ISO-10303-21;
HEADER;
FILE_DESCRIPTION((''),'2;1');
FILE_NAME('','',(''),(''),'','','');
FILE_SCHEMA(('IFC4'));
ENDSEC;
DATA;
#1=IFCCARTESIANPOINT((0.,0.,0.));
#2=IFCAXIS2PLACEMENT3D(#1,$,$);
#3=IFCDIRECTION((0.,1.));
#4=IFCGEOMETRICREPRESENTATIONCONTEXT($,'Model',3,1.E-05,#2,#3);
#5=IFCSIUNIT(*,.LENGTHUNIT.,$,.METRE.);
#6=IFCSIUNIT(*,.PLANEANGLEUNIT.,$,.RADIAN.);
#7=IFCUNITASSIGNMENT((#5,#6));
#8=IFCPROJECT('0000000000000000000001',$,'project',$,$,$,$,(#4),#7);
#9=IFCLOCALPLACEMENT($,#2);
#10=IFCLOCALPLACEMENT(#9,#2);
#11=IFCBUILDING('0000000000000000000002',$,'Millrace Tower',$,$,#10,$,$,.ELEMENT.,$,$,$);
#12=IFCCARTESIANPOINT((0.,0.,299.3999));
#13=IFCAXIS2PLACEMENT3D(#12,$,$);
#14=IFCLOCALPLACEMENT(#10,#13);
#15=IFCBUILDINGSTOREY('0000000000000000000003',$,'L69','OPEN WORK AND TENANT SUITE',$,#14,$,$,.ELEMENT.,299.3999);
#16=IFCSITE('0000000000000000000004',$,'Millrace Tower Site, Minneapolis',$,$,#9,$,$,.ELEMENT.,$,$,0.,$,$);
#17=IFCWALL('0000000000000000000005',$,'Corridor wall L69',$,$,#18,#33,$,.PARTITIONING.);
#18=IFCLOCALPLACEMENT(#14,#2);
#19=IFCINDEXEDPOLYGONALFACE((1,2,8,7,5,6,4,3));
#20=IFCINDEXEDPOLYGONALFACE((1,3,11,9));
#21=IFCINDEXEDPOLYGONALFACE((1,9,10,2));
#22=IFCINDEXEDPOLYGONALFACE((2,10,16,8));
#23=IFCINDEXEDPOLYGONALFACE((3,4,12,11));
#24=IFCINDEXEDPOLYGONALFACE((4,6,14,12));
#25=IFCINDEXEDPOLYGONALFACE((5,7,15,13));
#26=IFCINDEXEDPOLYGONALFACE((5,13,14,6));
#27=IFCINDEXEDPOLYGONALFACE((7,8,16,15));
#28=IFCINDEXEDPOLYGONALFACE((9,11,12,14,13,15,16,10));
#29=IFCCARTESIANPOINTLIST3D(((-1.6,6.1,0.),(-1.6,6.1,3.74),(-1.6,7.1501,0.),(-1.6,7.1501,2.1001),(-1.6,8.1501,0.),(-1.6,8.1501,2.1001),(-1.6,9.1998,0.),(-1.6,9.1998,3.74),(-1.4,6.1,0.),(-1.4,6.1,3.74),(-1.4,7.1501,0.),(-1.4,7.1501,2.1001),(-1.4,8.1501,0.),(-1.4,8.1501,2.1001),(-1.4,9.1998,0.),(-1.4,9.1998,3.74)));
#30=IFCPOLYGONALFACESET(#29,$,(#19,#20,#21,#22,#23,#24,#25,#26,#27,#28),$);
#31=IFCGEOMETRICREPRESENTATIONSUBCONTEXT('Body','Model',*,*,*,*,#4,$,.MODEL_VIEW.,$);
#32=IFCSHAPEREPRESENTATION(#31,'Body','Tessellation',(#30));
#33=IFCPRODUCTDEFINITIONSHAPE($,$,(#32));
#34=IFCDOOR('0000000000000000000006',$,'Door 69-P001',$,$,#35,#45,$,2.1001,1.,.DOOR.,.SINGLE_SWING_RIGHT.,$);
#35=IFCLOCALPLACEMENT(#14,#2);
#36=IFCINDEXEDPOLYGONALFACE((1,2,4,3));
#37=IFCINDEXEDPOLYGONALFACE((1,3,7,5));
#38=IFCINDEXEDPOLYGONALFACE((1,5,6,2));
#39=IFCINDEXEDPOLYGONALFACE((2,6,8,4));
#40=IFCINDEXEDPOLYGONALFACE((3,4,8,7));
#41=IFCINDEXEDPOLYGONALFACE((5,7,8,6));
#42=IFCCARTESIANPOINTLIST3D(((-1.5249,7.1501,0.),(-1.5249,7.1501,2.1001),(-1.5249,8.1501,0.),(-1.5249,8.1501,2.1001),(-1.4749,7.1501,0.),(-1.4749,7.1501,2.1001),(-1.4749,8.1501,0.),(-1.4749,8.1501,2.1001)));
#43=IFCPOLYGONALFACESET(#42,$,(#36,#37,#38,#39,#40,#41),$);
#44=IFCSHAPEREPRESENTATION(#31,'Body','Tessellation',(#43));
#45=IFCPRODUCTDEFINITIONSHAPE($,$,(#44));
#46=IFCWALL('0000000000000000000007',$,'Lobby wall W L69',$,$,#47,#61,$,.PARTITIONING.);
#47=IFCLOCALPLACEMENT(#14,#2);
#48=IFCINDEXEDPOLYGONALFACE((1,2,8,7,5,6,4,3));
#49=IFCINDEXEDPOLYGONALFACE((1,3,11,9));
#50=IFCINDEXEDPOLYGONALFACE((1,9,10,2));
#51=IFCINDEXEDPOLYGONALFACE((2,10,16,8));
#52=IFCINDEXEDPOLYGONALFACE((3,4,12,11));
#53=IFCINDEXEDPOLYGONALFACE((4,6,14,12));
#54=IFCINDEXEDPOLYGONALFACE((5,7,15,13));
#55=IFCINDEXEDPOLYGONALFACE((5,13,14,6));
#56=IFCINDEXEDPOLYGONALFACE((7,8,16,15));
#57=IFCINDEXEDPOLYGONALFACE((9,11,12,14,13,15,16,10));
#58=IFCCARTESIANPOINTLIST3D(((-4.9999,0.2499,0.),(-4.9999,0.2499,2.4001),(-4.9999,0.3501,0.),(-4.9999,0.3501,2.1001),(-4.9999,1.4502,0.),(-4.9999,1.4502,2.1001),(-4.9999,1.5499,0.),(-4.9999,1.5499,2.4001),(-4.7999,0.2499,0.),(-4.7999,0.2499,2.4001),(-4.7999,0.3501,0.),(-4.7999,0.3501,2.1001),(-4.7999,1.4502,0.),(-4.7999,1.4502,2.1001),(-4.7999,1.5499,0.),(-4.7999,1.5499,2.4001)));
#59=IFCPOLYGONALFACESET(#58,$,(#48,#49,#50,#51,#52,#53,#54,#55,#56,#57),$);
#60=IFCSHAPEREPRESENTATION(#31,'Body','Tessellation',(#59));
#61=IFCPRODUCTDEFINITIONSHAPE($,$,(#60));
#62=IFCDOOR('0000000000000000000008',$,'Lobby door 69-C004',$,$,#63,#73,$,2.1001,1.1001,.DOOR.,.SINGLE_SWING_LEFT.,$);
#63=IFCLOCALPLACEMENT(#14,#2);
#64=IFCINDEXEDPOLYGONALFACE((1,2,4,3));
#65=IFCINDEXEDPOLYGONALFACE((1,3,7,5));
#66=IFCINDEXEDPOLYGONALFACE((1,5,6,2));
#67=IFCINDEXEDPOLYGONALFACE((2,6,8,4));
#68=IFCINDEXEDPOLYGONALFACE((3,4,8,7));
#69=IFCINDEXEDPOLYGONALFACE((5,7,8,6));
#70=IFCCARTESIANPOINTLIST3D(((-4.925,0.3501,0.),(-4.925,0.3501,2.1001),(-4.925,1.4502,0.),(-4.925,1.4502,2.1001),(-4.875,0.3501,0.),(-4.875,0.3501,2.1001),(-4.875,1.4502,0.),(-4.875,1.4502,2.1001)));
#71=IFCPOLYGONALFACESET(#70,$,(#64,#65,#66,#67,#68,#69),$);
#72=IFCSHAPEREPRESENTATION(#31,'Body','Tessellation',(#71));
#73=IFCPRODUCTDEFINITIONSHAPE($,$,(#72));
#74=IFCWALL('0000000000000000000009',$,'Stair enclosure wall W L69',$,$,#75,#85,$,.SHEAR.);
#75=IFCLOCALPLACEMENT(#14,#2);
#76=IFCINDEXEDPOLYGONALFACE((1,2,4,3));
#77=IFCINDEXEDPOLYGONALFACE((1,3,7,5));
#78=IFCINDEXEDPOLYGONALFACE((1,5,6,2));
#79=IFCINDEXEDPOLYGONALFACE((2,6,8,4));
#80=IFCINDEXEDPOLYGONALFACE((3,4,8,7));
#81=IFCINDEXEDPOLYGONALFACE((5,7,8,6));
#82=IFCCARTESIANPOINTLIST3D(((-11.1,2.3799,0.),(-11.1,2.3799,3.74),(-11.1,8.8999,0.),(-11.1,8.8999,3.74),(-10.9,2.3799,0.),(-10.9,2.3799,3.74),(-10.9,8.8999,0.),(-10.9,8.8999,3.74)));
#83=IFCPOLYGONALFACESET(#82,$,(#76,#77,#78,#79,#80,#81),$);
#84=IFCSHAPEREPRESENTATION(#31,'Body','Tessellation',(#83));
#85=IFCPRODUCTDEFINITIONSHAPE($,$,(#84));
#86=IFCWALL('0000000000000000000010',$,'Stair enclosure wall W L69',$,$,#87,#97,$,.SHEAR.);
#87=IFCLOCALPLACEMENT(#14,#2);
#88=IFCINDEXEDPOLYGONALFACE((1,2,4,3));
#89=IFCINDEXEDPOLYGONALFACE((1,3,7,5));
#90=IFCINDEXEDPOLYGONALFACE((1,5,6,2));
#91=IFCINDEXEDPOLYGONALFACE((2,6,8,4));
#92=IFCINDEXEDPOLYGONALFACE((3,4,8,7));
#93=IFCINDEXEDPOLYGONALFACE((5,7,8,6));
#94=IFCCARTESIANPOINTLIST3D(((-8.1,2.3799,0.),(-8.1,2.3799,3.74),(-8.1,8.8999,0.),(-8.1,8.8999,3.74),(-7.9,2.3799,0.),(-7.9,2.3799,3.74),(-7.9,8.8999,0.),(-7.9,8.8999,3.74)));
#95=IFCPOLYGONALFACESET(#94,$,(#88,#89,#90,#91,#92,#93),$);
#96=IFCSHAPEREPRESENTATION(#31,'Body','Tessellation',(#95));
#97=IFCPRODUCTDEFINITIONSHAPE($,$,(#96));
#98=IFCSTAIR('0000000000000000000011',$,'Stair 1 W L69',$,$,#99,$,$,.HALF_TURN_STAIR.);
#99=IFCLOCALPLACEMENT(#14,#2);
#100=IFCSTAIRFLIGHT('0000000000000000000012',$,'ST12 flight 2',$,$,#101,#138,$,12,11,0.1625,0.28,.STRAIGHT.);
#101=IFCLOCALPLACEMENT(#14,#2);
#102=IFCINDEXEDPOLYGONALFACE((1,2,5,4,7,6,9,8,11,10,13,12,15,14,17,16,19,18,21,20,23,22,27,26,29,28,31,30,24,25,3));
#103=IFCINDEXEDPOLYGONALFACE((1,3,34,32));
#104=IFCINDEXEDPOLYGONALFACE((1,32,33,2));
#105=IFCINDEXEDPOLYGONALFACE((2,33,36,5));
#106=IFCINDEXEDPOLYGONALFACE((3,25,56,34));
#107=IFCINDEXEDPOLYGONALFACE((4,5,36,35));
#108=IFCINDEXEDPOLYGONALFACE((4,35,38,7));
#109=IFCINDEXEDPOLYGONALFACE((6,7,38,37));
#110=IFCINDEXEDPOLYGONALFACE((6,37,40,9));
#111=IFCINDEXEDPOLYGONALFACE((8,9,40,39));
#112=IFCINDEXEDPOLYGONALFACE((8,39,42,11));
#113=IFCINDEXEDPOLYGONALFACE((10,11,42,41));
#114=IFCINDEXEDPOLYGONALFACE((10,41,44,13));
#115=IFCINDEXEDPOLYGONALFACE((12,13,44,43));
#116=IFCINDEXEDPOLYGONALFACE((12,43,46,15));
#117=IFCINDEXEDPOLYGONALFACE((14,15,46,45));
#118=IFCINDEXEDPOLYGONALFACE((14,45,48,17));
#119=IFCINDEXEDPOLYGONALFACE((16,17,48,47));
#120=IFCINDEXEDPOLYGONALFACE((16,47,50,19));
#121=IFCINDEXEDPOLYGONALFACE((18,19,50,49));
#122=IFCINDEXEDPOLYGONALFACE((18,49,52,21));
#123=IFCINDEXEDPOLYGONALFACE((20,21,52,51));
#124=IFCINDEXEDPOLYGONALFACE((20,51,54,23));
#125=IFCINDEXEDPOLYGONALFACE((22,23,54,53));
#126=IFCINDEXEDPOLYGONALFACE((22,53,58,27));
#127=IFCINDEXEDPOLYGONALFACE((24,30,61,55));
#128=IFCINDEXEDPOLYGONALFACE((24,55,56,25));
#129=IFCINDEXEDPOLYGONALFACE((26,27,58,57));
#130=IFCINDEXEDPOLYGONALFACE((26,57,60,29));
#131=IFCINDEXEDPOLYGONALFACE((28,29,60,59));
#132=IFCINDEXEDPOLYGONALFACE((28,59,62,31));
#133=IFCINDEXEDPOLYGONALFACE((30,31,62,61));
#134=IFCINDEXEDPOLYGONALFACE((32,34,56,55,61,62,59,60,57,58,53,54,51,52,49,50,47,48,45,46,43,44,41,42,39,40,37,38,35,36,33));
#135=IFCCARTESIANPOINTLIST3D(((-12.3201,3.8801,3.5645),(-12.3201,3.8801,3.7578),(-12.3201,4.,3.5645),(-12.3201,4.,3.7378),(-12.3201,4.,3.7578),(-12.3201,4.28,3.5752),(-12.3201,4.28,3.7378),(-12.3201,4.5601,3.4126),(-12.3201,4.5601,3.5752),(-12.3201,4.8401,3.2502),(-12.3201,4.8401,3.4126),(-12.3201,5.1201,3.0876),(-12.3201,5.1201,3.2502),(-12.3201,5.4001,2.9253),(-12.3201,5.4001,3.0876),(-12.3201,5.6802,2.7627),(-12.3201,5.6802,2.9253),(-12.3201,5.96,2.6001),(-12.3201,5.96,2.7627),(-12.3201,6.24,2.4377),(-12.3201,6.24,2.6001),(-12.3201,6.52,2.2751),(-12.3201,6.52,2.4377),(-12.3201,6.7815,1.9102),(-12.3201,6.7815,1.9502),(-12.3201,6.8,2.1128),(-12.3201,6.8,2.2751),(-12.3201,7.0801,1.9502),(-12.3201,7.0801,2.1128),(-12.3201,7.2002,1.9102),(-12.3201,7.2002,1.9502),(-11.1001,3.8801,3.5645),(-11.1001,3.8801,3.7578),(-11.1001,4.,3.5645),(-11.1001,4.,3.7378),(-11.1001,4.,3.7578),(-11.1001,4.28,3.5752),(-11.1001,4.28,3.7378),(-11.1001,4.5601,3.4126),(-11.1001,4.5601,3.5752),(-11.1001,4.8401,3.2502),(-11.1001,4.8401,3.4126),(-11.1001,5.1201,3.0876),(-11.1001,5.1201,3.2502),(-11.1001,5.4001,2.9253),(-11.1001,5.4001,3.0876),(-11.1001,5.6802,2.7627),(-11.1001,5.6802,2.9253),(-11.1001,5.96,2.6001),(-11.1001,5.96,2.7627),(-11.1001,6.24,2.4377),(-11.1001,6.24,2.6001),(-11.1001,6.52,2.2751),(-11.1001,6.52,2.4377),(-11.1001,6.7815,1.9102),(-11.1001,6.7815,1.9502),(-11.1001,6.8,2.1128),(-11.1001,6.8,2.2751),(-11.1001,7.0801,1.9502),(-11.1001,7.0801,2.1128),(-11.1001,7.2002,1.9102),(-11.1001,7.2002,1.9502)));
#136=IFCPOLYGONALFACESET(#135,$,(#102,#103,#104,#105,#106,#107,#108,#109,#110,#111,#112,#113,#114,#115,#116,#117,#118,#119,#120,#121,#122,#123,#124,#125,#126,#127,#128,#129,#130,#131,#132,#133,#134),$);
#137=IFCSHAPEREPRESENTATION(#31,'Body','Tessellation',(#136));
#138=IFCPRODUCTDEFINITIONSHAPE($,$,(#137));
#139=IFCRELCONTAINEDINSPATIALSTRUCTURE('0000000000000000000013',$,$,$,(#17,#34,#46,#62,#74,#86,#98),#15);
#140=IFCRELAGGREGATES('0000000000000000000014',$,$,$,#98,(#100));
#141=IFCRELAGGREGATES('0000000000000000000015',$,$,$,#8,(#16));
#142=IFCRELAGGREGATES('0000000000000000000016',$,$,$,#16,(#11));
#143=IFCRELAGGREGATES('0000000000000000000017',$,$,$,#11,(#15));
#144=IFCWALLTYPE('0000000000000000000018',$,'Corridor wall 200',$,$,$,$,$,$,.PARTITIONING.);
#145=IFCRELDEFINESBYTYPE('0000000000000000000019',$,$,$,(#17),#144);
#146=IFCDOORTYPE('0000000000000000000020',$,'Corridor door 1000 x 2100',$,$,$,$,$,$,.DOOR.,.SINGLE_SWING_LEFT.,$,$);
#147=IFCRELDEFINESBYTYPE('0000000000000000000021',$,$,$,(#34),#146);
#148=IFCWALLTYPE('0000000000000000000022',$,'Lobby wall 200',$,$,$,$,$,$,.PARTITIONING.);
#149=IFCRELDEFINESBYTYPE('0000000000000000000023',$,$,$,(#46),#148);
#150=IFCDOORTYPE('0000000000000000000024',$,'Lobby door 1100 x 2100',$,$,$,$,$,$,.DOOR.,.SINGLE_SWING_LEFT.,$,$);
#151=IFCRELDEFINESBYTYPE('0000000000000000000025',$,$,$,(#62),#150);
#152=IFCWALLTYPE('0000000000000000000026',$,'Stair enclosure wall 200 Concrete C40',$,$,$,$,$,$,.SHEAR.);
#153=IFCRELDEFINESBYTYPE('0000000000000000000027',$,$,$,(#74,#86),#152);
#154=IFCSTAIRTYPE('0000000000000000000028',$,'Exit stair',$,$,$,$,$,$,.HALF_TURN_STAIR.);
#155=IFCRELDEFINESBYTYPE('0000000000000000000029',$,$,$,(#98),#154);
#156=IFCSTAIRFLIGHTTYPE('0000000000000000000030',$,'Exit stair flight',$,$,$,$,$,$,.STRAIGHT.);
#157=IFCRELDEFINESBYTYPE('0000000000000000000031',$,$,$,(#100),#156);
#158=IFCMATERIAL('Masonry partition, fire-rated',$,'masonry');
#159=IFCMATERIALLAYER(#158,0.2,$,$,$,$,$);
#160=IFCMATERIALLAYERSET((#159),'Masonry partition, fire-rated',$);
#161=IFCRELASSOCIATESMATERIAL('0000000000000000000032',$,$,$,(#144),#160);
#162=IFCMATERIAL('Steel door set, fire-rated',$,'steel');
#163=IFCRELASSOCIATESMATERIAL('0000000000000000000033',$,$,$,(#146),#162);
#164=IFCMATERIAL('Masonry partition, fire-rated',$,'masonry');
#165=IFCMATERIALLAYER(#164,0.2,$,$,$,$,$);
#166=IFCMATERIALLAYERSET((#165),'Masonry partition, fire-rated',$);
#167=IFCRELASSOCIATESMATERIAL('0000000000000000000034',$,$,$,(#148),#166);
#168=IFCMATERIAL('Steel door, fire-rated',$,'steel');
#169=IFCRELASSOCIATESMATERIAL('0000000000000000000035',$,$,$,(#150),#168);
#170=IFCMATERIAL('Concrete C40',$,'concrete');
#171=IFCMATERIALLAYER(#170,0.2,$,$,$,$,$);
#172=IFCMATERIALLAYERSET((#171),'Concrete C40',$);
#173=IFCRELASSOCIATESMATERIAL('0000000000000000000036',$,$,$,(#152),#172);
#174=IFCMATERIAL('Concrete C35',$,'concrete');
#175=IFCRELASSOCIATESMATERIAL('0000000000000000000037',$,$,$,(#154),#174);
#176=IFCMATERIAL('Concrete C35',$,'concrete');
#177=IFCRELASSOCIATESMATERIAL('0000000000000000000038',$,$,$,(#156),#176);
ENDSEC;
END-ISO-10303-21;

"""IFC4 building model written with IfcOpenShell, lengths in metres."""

from ifc_helpers import new_model, si_unit, direction, frame, frame_2d, origin, place, context, subcontext, project, spatial, polyline, rectangle, outline, extrude, material, layer, layer_set, type_object, element, fill, aggregate, save


model = new_model("IFC4")

# Units and contexts
model_context = context("Model", 3, precision=1e-05, world=origin(), true_north=direction((0.0, 1.0)))
body_context = subcontext(model_context, "Body", "Model", "MODEL_VIEW")
ifc_project = project(units=[si_unit("LENGTHUNIT", "METRE"), si_unit("PLANEANGLEUNIT", "RADIAN")], contexts=[model_context])

# Site, building, storey
site_placement = place(None, origin())
site = spatial("IfcSite", under=ifc_project, at=site_placement, Name="Millrace Tower Site, Minneapolis", CompositionType="ELEMENT", RefElevation=0.0)
building_placement = place(site_placement, origin())
building = spatial("IfcBuilding", under=site, at=building_placement, Name="Millrace Tower", CompositionType="ELEMENT")
storey_placement = place(building_placement, frame((0.0, 0.0, 299.3999)))
storey = spatial("IfcBuildingStorey", under=building, at=storey_placement, Name="L69", Description="OPEN WORK AND TENANT SUITE", CompositionType="ELEMENT", Elevation=299.3999)

# Shared definitions
placement_1 = place(storey_placement, origin())

# Shared definitions
ifc_material_1 = material(Name="Masonry partition, fire-rated", Category="masonry")
ifc_layer_1 = layer(ifc_material_1, 0.2)
ifc_layer_set_1 = layer_set([ifc_layer_1], Name="Masonry partition, fire-rated")
wall_type_1 = type_object("IfcWallType", Name="Corridor wall 200", PredefinedType="PARTITIONING", material=ifc_layer_set_1)

# Walls, openings, doors
wall_1_placement = place(storey_placement, frame((-1.5, 6.1001, 0.0), z_axis=(0.0, 0.0, 1.0), x_axis=(0.0, 1.0, 0.0)))
wall_1 = element("IfcWall", 1, at=wall_1_placement, inside=storey, type_object=wall_type_1, Name="Corridor wall L69", PredefinedType="PARTITIONING", context=body_context, shape_type="SweptSolid", body=[
    extrude(rectangle(XDim=3.0999, YDim=0.2, at=frame_2d((1.5498, 0.0))), origin(), (0.0, 0.0, 1.0), 3.74),
])
opening_1_placement = place(wall_1_placement, frame((1.05, 0.0, 0.0)))
opening_1 = element("IfcOpeningElement", 2, at=opening_1_placement, cuts=wall_1, PredefinedType="OPENING", context=body_context, shape_type="SweptSolid", body=[
    extrude(rectangle(XDim=1.0, YDim=2.1001, at=frame_2d((0.5, 1.05))), frame((0.0, 0.1099, 0.0), z_axis=(0.0, -1.0, 0.0), x_axis=(1.0, 0.0, 0.0)), (0.0, 0.0, 1.0), 0.22),
])
ifc_material_2 = material(Name="Steel door set, fire-rated", Category="steel")
door_type_1 = type_object("IfcDoorType", Name="Corridor door 1000 x 2100", OperationType="SINGLE_SWING_LEFT", PredefinedType="DOOR", material=ifc_material_2)
door_1_placement = place(opening_1_placement, origin())
door_1 = element("IfcDoor", 3, at=door_1_placement, inside=storey, type_object=door_type_1, Name="Door 69-P001", OperationType="SINGLE_SWING_RIGHT", OverallHeight=2.1001, OverallWidth=1.0, PredefinedType="DOOR", context=body_context, shape_type="SweptSolid", body=[
    extrude(rectangle(XDim=1.0, YDim=2.1001, at=frame_2d((0.5, 1.05))), frame((0.0, 0.0249, 0.0), z_axis=(0.0, -1.0, 0.0), x_axis=(1.0, 0.0, 0.0)), (0.0, 0.0, 1.0), 0.05),
])
fill(opening_1, door_1)
ifc_material_3 = material(Name="Masonry partition, fire-rated", Category="masonry")
ifc_layer_2 = layer(ifc_material_3, 0.2)
ifc_layer_set_2 = layer_set([ifc_layer_2], Name="Masonry partition, fire-rated")
wall_type_2 = type_object("IfcWallType", Name="Lobby wall 200", PredefinedType="PARTITIONING", material=ifc_layer_set_2)
wall_2_placement = place(storey_placement, frame((-4.8999, 0.25, 0.0), z_axis=(0.0, 0.0, 1.0), x_axis=(0.0, 1.0, 0.0)))
wall_2 = element("IfcWall", 4, at=wall_2_placement, inside=storey, type_object=wall_type_2, Name="Lobby wall W L69", PredefinedType="PARTITIONING", context=body_context, shape_type="SweptSolid", body=[
    extrude(rectangle(XDim=1.3, YDim=0.2, at=frame_2d((0.6499, 0.0))), origin(), (0.0, 0.0, 1.0), 2.4001),
])
opening_2_placement = place(wall_2_placement, frame((0.1001, 0.0, 0.0)))
opening_2 = element("IfcOpeningElement", 5, at=opening_2_placement, cuts=wall_2, PredefinedType="OPENING", context=body_context, shape_type="SweptSolid", body=[
    extrude(rectangle(XDim=1.1001, YDim=2.1001, at=frame_2d((0.55, 1.05))), frame((0.0, 0.1099, 0.0), z_axis=(0.0, -1.0, 0.0), x_axis=(1.0, 0.0, 0.0)), (0.0, 0.0, 1.0), 0.22),
])
ifc_material_4 = material(Name="Steel door, fire-rated", Category="steel")
door_type_2 = type_object("IfcDoorType", Name="Lobby door 1100 x 2100", OperationType="SINGLE_SWING_LEFT", PredefinedType="DOOR", material=ifc_material_4)
door_2_placement = place(opening_2_placement, frame((1.1001, 0.0, 0.0), z_axis=(0.0, 0.0, 1.0), x_axis=(-1.0, 0.0, 0.0)))
door_2 = element("IfcDoor", 6, at=door_2_placement, inside=storey, type_object=door_type_2, Name="Lobby door 69-C004", OperationType="SINGLE_SWING_LEFT", OverallHeight=2.1001, OverallWidth=1.1001, PredefinedType="DOOR", context=body_context, shape_type="SweptSolid", body=[
    extrude(rectangle(XDim=1.1001, YDim=2.1001, at=frame_2d((0.55, 1.05))), frame((0.0, 0.0249, 0.0), z_axis=(0.0, -1.0, 0.0), x_axis=(1.0, 0.0, 0.0)), (0.0, 0.0, 1.0), 0.05),
])
fill(opening_2, door_2)

# Walls
ifc_material_5 = material(Name="Concrete C40", Category="concrete")
ifc_layer_3 = layer(ifc_material_5, 0.2)
ifc_layer_set_3 = layer_set([ifc_layer_3], Name="Concrete C40")
wall_type_3 = type_object("IfcWallType", Name="Stair enclosure wall 200 Concrete C40", PredefinedType="SHEAR", material=ifc_layer_set_3)
for number, where, z_axis, x_axis, name in (
    (7, (-11.0, 2.3799, 0.0), (0.0, 0.0, 1.0), (0.0, 1.0, 0.0), "Stair enclosure wall W L69"),
    (8, (-8.0, 2.3799, 0.0), (0.0, 0.0, 1.0), (0.0, 1.0, 0.0), "Stair enclosure wall W L69"),
):
    element("IfcWall", number, at=place(storey_placement, frame(where, z_axis=z_axis, x_axis=x_axis)), inside=storey, type_object=wall_type_3, Name=name, PredefinedType="SHEAR", context=body_context, shape_type="SweptSolid", body=[
        extrude(rectangle(XDim=6.52, YDim=0.2, at=frame_2d((3.26, 0.0))), origin(), (0.0, 0.0, 1.0), 3.74),
    ])

# Stair, stair flight
ifc_material_6 = material(Name="Concrete C35", Category="concrete")
stair_type = type_object("IfcStairType", Name="Exit stair", PredefinedType="HALF_TURN_STAIR", material=ifc_material_6)
stair_1 = element("IfcStair", 9, at=placement_1, inside=storey, type_object=stair_type, Name="Stair 1 W L69", PredefinedType="HALF_TURN_STAIR")
ifc_material_7 = material(Name="Concrete C35", Category="concrete")
stair_flight_type = type_object("IfcStairFlightType", Name="Exit stair flight", PredefinedType="STRAIGHT", material=ifc_material_7)
stair_flight_1_placement = place(storey_placement, frame((-11.71, 7.0801, 1.9502), z_axis=(0.0, 0.0, 1.0), x_axis=(0.0, -1.0, 0.0)))
stair_flight_1 = element("IfcStairFlight", 10, at=stair_flight_1_placement, type_object=stair_flight_type, Name="ST12 flight 2", NumberOfRisers=12, NumberOfTreads=11, PredefinedType="STRAIGHT", RiserHeight=0.1625, TreadLength=0.28, context=body_context, shape_type="SweptSolid", body=[
    extrude(outline(polyline([(-0.1201, -0.04), (-0.1201, 0.0), (0.0, 0.0), (0.0, 0.1626), (0.28, 0.1626), (0.28, 0.325), (0.5601, 0.325), (0.5601, 0.4875), (0.8401, 0.4875), (0.8401, 0.6499), (1.1201, 0.6499), (1.1201, 0.8125), (1.3999, 0.8125), (1.3999, 0.9751), (1.6799, 0.9751), (1.6799, 1.1375), (1.96, 1.1375), (1.96, 1.3), (2.24, 1.3), (2.24, 1.4624), (2.52, 1.4624), (2.52, 1.625), (2.8, 1.625), (2.8, 1.7876), (3.0801, 1.7876), (3.0801, 1.8076), (3.2, 1.8076), (3.2, 1.6143), (3.0801, 1.6143), (0.2986, 0.0), (0.2986, -0.04), (-0.1201, -0.04)])), frame((0.0, 0.6099, 0.0), z_axis=(0.0, -1.0, 0.0), x_axis=(1.0, 0.0, 0.0)), (0.0, 0.0, 1.0), 1.22),
])
aggregate(stair_1, [stair_flight_1])

save(model, "model.ifc")
